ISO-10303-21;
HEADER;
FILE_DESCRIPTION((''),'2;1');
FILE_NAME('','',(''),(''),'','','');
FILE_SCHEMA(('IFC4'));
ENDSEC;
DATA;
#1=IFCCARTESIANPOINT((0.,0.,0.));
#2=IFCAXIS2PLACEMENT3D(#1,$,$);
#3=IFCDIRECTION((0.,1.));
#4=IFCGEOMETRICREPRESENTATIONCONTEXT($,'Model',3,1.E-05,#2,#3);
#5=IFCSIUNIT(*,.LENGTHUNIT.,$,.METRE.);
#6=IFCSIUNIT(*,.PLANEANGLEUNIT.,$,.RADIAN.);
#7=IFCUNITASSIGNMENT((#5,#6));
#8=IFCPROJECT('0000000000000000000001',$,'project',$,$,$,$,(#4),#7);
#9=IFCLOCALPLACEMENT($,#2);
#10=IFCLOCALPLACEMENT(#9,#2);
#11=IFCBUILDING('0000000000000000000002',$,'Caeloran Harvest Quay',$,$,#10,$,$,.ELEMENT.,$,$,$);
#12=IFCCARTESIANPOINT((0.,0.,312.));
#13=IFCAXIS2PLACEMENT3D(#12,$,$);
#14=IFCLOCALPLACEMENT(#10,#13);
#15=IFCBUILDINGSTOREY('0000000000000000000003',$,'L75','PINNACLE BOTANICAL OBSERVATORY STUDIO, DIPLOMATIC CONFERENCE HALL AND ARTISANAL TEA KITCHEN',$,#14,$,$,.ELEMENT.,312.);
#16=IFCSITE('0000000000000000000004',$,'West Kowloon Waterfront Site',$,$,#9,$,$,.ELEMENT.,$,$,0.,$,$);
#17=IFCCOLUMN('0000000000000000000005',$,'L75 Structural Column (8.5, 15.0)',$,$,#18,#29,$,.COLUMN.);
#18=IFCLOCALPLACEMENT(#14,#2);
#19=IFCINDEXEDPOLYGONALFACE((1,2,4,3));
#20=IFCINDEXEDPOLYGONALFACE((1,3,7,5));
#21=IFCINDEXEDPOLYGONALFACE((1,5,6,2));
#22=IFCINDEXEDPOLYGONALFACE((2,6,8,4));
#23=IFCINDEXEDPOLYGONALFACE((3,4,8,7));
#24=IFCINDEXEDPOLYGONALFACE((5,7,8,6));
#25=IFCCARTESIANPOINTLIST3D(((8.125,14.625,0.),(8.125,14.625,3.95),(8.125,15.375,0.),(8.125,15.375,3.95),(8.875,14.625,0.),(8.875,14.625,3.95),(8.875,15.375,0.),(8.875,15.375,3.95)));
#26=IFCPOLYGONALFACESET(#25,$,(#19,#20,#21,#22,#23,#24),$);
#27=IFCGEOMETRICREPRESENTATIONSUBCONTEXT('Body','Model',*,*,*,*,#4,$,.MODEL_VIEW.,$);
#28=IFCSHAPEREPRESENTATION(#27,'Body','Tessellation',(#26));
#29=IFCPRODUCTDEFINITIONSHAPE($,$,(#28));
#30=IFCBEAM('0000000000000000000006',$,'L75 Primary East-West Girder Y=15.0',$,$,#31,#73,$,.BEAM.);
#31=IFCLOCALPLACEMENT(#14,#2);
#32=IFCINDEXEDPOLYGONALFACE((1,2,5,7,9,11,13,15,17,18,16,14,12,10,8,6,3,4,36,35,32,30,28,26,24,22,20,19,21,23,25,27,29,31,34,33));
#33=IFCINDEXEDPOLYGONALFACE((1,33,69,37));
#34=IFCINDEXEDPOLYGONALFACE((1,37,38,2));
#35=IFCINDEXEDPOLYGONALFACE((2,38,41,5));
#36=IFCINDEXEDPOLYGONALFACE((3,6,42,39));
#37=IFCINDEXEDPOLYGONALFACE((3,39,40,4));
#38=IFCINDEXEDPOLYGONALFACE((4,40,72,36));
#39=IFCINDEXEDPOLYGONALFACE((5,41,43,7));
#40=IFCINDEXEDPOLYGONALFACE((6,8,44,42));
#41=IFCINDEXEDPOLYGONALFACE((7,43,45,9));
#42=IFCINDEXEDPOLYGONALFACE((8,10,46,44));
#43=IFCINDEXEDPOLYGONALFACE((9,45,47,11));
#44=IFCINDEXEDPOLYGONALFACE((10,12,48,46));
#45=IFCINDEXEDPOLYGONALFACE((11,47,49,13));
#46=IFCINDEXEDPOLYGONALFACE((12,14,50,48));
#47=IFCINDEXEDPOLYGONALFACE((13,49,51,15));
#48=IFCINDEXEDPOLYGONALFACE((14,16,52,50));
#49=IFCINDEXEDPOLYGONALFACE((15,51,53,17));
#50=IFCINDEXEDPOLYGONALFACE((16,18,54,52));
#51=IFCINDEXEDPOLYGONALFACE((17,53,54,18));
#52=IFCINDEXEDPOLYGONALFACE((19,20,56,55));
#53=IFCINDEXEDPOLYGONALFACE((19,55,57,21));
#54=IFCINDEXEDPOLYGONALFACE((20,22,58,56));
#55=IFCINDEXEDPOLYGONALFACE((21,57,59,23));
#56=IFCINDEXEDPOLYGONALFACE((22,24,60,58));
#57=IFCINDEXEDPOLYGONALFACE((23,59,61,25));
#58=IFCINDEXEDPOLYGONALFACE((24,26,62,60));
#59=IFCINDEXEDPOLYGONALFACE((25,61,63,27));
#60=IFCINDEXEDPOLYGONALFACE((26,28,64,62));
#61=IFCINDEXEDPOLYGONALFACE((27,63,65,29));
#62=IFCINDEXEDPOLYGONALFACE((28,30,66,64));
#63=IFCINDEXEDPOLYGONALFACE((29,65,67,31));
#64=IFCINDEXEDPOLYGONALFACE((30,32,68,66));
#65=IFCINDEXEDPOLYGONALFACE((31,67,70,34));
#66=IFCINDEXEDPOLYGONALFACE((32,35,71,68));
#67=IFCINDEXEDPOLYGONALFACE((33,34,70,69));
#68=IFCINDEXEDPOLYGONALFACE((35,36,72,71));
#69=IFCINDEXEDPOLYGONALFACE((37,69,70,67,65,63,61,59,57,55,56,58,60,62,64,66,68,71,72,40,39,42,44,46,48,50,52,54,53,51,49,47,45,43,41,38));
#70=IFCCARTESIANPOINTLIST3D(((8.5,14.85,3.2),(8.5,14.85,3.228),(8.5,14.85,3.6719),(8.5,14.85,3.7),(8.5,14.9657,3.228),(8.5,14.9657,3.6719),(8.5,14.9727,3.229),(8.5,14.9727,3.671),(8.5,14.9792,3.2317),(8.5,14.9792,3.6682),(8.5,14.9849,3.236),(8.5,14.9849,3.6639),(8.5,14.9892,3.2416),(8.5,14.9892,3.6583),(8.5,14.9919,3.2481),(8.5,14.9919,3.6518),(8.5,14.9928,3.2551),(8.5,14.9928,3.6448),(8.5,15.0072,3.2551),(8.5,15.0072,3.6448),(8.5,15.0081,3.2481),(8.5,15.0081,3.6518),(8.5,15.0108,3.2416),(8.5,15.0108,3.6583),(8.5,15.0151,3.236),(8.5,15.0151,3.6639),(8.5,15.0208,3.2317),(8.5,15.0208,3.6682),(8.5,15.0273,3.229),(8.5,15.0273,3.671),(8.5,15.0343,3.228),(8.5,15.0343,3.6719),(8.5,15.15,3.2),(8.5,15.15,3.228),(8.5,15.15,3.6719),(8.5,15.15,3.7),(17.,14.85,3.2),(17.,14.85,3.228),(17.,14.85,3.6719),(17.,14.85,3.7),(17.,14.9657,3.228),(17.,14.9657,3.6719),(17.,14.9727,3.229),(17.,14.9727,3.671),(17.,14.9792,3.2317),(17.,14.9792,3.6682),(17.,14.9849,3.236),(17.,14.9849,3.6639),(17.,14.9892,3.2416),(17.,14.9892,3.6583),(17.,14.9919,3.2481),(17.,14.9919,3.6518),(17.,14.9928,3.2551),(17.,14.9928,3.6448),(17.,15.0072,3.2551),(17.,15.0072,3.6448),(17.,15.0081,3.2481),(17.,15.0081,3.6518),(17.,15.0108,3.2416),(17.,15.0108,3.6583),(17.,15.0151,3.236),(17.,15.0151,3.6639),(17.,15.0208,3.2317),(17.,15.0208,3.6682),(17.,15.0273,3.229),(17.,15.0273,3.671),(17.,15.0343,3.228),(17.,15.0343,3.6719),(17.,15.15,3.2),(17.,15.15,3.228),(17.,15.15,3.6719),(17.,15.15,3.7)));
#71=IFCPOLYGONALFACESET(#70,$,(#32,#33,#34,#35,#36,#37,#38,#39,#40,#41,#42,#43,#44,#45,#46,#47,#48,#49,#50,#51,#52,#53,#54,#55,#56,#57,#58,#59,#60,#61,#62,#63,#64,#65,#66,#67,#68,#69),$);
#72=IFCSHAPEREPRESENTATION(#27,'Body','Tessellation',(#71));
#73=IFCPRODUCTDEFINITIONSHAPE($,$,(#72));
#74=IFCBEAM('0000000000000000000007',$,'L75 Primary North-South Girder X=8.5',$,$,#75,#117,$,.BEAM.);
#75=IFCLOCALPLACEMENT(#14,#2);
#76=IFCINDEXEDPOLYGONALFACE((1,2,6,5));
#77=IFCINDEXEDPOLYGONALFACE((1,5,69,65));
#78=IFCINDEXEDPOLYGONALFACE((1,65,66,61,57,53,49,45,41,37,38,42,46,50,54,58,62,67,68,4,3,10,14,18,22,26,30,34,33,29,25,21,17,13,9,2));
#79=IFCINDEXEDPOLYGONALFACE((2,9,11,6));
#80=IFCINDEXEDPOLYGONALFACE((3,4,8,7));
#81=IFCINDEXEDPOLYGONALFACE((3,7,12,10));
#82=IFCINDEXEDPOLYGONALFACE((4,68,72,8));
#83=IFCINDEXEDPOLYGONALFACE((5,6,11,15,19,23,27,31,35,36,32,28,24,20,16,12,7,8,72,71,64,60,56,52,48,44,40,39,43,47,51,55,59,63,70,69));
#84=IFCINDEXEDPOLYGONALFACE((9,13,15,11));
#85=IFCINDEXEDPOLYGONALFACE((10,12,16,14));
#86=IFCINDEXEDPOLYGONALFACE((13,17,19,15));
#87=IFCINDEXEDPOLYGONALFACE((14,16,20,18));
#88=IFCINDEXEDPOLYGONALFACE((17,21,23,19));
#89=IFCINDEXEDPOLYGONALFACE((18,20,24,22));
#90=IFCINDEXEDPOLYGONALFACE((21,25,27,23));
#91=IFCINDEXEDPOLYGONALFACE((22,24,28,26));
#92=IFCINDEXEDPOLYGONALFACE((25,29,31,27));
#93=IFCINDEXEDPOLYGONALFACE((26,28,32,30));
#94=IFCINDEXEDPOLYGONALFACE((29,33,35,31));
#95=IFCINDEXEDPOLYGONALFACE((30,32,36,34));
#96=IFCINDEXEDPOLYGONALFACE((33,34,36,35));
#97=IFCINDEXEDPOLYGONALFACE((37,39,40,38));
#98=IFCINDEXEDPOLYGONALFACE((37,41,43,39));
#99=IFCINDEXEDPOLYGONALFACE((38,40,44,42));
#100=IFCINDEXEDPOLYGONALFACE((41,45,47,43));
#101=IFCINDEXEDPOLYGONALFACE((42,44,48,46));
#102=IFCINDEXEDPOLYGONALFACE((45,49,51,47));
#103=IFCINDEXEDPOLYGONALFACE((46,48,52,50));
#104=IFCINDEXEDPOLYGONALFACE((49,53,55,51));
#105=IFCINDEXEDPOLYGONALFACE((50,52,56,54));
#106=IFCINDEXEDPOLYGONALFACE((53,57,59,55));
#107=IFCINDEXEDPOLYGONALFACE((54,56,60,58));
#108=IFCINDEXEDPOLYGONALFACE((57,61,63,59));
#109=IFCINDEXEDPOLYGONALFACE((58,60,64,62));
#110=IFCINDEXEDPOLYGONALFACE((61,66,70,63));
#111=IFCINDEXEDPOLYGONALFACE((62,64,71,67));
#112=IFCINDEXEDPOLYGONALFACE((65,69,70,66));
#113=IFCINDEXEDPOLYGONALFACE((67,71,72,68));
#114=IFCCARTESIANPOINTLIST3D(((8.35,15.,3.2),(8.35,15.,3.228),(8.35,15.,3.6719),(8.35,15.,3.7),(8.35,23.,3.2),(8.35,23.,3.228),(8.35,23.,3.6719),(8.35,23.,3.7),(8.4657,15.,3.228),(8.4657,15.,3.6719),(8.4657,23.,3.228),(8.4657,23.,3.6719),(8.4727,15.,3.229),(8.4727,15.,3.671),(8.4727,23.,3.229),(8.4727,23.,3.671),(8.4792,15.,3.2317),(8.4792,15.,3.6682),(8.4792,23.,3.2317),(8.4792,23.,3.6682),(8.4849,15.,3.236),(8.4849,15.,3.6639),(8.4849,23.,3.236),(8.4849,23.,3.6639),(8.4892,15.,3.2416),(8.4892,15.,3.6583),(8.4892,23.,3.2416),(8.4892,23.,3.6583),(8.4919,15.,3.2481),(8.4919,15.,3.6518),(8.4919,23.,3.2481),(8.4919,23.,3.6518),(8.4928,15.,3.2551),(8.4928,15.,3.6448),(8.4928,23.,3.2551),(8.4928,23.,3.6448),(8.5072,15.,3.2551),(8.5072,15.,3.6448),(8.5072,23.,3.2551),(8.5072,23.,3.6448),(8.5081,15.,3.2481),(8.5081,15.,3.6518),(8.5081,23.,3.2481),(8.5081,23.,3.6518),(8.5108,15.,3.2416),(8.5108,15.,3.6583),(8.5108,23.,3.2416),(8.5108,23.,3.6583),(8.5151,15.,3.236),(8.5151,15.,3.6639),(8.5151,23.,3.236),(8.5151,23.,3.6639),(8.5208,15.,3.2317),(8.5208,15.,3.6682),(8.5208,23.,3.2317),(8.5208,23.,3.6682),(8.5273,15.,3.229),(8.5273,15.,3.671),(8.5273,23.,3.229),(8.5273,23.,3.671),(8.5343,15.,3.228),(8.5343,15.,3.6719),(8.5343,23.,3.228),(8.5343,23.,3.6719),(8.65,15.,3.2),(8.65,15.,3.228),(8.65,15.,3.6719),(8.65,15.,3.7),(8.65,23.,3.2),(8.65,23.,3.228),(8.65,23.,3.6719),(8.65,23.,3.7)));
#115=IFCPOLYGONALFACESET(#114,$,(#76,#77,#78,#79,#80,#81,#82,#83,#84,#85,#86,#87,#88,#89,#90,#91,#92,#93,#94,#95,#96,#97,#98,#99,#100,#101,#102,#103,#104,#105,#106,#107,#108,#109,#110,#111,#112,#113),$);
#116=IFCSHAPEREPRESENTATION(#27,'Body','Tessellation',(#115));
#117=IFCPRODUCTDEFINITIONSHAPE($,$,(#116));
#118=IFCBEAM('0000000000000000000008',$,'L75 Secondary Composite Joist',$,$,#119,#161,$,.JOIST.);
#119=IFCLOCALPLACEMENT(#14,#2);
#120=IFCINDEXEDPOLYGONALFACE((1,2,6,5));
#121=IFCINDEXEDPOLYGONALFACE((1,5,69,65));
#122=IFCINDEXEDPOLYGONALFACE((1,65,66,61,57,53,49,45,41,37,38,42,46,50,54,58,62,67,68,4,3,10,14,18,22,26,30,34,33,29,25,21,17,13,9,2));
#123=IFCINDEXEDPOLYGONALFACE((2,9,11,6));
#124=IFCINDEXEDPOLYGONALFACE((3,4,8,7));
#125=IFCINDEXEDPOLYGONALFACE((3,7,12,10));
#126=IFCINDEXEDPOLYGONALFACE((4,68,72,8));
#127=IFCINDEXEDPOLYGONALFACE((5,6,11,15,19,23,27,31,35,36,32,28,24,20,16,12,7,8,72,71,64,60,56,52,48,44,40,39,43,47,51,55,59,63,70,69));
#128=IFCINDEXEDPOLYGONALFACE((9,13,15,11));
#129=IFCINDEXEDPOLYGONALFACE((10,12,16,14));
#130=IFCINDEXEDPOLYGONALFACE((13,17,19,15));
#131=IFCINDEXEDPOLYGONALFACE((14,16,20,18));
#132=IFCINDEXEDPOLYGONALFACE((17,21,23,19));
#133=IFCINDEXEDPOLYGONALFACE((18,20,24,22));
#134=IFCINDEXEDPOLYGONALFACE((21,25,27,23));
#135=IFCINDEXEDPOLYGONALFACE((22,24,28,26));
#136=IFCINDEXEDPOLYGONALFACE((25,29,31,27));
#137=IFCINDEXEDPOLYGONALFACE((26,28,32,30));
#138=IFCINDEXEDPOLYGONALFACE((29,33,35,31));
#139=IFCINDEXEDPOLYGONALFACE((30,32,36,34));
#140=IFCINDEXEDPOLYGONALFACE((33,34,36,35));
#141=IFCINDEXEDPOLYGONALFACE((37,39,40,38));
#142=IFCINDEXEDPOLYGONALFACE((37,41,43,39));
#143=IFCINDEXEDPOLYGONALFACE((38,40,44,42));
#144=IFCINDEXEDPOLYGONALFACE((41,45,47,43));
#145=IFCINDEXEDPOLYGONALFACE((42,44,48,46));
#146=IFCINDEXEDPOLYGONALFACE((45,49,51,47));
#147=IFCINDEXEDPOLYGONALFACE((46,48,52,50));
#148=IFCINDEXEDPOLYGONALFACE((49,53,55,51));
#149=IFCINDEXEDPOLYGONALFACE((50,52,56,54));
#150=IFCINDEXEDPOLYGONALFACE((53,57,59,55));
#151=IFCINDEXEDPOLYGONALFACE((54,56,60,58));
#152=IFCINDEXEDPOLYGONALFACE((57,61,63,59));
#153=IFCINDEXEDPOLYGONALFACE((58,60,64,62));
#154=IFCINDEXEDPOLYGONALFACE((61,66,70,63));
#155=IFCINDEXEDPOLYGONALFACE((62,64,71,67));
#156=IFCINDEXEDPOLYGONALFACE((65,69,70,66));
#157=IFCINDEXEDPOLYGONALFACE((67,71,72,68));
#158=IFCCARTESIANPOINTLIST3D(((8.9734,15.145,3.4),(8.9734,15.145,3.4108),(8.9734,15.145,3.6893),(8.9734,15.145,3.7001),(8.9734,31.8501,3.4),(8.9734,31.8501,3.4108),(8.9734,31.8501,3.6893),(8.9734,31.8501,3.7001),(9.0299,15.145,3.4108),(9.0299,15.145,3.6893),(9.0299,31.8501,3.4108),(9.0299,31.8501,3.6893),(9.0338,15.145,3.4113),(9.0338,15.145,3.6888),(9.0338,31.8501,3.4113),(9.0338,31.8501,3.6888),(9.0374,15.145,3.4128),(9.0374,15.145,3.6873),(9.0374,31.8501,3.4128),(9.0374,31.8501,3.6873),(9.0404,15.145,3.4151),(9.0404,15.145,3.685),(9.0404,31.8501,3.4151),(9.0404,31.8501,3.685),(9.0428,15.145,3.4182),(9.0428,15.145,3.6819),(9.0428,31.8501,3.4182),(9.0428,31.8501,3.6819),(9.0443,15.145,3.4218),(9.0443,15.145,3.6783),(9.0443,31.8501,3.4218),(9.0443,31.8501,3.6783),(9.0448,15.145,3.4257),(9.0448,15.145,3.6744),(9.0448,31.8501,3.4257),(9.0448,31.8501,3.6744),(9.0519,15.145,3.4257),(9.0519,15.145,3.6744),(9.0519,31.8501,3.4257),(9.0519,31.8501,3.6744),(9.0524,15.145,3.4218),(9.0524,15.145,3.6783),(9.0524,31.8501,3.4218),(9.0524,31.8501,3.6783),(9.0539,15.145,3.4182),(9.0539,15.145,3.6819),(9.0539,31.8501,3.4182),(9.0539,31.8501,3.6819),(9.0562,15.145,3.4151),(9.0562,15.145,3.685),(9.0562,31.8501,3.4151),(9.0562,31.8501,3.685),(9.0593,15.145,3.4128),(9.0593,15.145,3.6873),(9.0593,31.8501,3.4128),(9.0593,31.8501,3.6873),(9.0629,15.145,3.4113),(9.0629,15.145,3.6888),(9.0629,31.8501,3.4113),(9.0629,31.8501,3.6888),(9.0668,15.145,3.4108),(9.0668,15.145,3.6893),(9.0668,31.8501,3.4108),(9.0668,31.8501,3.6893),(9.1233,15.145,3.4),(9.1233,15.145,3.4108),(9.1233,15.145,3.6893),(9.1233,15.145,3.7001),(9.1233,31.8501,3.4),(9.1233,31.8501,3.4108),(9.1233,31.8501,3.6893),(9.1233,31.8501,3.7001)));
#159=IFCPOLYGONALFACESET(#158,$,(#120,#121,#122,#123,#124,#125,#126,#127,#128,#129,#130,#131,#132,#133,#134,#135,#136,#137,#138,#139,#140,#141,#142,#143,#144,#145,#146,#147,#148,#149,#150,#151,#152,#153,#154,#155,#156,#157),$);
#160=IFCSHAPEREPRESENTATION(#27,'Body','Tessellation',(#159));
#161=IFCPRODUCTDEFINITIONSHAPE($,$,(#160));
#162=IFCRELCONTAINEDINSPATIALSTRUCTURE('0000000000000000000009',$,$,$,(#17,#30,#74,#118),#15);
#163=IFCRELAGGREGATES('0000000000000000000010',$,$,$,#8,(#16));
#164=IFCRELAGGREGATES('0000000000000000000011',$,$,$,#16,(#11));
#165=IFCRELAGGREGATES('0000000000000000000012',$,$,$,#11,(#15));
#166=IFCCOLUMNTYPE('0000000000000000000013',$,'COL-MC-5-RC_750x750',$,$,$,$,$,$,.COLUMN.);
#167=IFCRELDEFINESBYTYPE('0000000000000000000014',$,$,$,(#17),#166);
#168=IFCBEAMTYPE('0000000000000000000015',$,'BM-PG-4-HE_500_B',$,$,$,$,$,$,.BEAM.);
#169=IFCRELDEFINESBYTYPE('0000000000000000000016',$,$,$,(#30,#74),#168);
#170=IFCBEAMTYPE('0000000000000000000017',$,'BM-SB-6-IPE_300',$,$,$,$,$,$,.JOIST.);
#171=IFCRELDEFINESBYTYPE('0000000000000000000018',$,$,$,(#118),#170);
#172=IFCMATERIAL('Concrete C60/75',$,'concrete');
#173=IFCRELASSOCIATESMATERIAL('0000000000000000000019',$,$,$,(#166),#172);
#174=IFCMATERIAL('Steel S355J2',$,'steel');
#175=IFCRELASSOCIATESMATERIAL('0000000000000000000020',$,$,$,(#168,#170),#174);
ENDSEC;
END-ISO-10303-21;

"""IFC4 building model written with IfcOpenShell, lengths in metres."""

from ifc_helpers import new_model, si_unit, direction, frame, origin, origin_2d, place, context, subcontext, project, spatial, rectangle, i_section, extrude, material, material_profile, profile_set, type_object, element, save


model = new_model("IFC4")

# Units and contexts
model_context = context("Model", 3, precision=1e-05, world=origin(), true_north=direction((0.0, 1.0)))
body_context = subcontext(model_context, "Body", "Model", "MODEL_VIEW")
ifc_project = project(units=[si_unit("LENGTHUNIT", "METRE"), si_unit("PLANEANGLEUNIT", "RADIAN")], contexts=[model_context])

# Site, building, storey
site_placement = place(None, origin())
site = spatial("IfcSite", under=ifc_project, at=site_placement, Name="West Kowloon Waterfront Site", CompositionType="ELEMENT", RefElevation=0.0)
building_placement = place(site_placement, origin())
building = spatial("IfcBuilding", under=site, at=building_placement, Name="Caeloran Harvest Quay", CompositionType="ELEMENT")
storey_placement = place(building_placement, frame((0.0, 0.0, 312.0)))
storey = spatial("IfcBuildingStorey", under=building, at=storey_placement, Name="L75", Description="PINNACLE BOTANICAL OBSERVATORY STUDIO, DIPLOMATIC CONFERENCE HALL AND ARTISANAL TEA KITCHEN", CompositionType="ELEMENT", Elevation=312.0)

# Column
ifc_material_1 = material(Name="Concrete C60/75", Category="concrete")
ifc_material_profile_1 = material_profile(ifc_material_1, rectangle(XDim=0.75, YDim=0.75, at=origin_2d()), Name="RC 750x750")
ifc_profile_set_1 = profile_set([ifc_material_profile_1], Name="Concrete C60/75")
column_type = type_object("IfcColumnType", Name="COL-MC-5-RC_750x750", PredefinedType="COLUMN", material=ifc_profile_set_1)
column_placement = place(storey_placement, frame((8.5, 15.0, 0.0), z_axis=(0.0, 0.0, 1.0), x_axis=(1.0, 0.0, 0.0)))
element("IfcColumn", 1, at=column_placement, inside=storey, type_object=column_type, Name="L75 Structural Column (8.5, 15.0)", PredefinedType="COLUMN", context=body_context, shape_type="SweptSolid", body=[
    extrude(rectangle(XDim=0.75, YDim=0.75, at=origin_2d()), origin(), (0.0, 0.0, 1.0), 3.95),
])

# Beams
ifc_material_2 = material(Name="Steel S355J2", Category="steel")
ifc_material_profile_2 = material_profile(ifc_material_2, i_section(OverallWidth=0.3, OverallDepth=0.5, WebThickness=0.0144, FlangeThickness=0.0281, FilletRadius=0.0271, at=origin_2d()), Name="HE 500 B")
ifc_profile_set_2 = profile_set([ifc_material_profile_2], Name="Steel S355J2")
beam_type_1 = type_object("IfcBeamType", Name="BM-PG-4-HE_500_B", PredefinedType="BEAM", material=ifc_profile_set_2)
beam_1_placement = place(storey_placement, frame((8.5, 15.0, 3.45), z_axis=(1.0, 0.0, 0.0), x_axis=(0.0, 1.0, 0.0)))
element("IfcBeam", 2, at=beam_1_placement, inside=storey, type_object=beam_type_1, Name="L75 Primary East-West Girder Y=15.0", PredefinedType="BEAM", context=body_context, shape_type="SweptSolid", body=[
    extrude(i_section(OverallWidth=0.3, OverallDepth=0.5, WebThickness=0.0144, FlangeThickness=0.0281, FilletRadius=0.0271, at=origin_2d()), origin(), (0.0, 0.0, 1.0), 8.5),
])
beam_2_placement = place(storey_placement, frame((8.5, 15.0, 3.45), z_axis=(0.0, 1.0, 0.0), x_axis=(-1.0, 0.0, 0.0)))
element("IfcBeam", 3, at=beam_2_placement, inside=storey, type_object=beam_type_1, Name="L75 Primary North-South Girder X=8.5", PredefinedType="BEAM", context=body_context, shape_type="SweptSolid", body=[
    extrude(i_section(OverallWidth=0.3, OverallDepth=0.5, WebThickness=0.0144, FlangeThickness=0.0281, FilletRadius=0.0271, at=origin_2d()), origin(), (0.0, 0.0, 1.0), 8.0),
])
ifc_material_profile_3 = material_profile(ifc_material_2, i_section(OverallWidth=0.1499, OverallDepth=0.3, WebThickness=0.0071, FlangeThickness=0.0107, FilletRadius=0.0149, at=origin_2d()), Name="IPE 300")
ifc_profile_set_3 = profile_set([ifc_material_profile_3], Name="Steel S355J2")
beam_type_2 = type_object("IfcBeamType", Name="BM-SB-6-IPE_300", PredefinedType="JOIST", material=ifc_profile_set_3)
for number, where, z_axis, x_axis, name in (
    (4, (9.0483, 15.145, 3.55), (0.0, 1.0, 0.0), (-1.0, 0.0, 0.0), "L75 Secondary Composite Joist"),
):
    element("IfcBeam", number, at=place(storey_placement, frame(where, z_axis=z_axis, x_axis=x_axis)), inside=storey, type_object=beam_type_2, Name=name, PredefinedType="JOIST", context=body_context, shape_type="SweptSolid", body=[
        extrude(i_section(OverallWidth=0.1499, OverallDepth=0.3, WebThickness=0.0071, FlangeThickness=0.0107, FilletRadius=0.0149, at=origin_2d()), origin(), (0.0, 0.0, 1.0), 16.7051),
    ])

save(model, "model.ifc")
